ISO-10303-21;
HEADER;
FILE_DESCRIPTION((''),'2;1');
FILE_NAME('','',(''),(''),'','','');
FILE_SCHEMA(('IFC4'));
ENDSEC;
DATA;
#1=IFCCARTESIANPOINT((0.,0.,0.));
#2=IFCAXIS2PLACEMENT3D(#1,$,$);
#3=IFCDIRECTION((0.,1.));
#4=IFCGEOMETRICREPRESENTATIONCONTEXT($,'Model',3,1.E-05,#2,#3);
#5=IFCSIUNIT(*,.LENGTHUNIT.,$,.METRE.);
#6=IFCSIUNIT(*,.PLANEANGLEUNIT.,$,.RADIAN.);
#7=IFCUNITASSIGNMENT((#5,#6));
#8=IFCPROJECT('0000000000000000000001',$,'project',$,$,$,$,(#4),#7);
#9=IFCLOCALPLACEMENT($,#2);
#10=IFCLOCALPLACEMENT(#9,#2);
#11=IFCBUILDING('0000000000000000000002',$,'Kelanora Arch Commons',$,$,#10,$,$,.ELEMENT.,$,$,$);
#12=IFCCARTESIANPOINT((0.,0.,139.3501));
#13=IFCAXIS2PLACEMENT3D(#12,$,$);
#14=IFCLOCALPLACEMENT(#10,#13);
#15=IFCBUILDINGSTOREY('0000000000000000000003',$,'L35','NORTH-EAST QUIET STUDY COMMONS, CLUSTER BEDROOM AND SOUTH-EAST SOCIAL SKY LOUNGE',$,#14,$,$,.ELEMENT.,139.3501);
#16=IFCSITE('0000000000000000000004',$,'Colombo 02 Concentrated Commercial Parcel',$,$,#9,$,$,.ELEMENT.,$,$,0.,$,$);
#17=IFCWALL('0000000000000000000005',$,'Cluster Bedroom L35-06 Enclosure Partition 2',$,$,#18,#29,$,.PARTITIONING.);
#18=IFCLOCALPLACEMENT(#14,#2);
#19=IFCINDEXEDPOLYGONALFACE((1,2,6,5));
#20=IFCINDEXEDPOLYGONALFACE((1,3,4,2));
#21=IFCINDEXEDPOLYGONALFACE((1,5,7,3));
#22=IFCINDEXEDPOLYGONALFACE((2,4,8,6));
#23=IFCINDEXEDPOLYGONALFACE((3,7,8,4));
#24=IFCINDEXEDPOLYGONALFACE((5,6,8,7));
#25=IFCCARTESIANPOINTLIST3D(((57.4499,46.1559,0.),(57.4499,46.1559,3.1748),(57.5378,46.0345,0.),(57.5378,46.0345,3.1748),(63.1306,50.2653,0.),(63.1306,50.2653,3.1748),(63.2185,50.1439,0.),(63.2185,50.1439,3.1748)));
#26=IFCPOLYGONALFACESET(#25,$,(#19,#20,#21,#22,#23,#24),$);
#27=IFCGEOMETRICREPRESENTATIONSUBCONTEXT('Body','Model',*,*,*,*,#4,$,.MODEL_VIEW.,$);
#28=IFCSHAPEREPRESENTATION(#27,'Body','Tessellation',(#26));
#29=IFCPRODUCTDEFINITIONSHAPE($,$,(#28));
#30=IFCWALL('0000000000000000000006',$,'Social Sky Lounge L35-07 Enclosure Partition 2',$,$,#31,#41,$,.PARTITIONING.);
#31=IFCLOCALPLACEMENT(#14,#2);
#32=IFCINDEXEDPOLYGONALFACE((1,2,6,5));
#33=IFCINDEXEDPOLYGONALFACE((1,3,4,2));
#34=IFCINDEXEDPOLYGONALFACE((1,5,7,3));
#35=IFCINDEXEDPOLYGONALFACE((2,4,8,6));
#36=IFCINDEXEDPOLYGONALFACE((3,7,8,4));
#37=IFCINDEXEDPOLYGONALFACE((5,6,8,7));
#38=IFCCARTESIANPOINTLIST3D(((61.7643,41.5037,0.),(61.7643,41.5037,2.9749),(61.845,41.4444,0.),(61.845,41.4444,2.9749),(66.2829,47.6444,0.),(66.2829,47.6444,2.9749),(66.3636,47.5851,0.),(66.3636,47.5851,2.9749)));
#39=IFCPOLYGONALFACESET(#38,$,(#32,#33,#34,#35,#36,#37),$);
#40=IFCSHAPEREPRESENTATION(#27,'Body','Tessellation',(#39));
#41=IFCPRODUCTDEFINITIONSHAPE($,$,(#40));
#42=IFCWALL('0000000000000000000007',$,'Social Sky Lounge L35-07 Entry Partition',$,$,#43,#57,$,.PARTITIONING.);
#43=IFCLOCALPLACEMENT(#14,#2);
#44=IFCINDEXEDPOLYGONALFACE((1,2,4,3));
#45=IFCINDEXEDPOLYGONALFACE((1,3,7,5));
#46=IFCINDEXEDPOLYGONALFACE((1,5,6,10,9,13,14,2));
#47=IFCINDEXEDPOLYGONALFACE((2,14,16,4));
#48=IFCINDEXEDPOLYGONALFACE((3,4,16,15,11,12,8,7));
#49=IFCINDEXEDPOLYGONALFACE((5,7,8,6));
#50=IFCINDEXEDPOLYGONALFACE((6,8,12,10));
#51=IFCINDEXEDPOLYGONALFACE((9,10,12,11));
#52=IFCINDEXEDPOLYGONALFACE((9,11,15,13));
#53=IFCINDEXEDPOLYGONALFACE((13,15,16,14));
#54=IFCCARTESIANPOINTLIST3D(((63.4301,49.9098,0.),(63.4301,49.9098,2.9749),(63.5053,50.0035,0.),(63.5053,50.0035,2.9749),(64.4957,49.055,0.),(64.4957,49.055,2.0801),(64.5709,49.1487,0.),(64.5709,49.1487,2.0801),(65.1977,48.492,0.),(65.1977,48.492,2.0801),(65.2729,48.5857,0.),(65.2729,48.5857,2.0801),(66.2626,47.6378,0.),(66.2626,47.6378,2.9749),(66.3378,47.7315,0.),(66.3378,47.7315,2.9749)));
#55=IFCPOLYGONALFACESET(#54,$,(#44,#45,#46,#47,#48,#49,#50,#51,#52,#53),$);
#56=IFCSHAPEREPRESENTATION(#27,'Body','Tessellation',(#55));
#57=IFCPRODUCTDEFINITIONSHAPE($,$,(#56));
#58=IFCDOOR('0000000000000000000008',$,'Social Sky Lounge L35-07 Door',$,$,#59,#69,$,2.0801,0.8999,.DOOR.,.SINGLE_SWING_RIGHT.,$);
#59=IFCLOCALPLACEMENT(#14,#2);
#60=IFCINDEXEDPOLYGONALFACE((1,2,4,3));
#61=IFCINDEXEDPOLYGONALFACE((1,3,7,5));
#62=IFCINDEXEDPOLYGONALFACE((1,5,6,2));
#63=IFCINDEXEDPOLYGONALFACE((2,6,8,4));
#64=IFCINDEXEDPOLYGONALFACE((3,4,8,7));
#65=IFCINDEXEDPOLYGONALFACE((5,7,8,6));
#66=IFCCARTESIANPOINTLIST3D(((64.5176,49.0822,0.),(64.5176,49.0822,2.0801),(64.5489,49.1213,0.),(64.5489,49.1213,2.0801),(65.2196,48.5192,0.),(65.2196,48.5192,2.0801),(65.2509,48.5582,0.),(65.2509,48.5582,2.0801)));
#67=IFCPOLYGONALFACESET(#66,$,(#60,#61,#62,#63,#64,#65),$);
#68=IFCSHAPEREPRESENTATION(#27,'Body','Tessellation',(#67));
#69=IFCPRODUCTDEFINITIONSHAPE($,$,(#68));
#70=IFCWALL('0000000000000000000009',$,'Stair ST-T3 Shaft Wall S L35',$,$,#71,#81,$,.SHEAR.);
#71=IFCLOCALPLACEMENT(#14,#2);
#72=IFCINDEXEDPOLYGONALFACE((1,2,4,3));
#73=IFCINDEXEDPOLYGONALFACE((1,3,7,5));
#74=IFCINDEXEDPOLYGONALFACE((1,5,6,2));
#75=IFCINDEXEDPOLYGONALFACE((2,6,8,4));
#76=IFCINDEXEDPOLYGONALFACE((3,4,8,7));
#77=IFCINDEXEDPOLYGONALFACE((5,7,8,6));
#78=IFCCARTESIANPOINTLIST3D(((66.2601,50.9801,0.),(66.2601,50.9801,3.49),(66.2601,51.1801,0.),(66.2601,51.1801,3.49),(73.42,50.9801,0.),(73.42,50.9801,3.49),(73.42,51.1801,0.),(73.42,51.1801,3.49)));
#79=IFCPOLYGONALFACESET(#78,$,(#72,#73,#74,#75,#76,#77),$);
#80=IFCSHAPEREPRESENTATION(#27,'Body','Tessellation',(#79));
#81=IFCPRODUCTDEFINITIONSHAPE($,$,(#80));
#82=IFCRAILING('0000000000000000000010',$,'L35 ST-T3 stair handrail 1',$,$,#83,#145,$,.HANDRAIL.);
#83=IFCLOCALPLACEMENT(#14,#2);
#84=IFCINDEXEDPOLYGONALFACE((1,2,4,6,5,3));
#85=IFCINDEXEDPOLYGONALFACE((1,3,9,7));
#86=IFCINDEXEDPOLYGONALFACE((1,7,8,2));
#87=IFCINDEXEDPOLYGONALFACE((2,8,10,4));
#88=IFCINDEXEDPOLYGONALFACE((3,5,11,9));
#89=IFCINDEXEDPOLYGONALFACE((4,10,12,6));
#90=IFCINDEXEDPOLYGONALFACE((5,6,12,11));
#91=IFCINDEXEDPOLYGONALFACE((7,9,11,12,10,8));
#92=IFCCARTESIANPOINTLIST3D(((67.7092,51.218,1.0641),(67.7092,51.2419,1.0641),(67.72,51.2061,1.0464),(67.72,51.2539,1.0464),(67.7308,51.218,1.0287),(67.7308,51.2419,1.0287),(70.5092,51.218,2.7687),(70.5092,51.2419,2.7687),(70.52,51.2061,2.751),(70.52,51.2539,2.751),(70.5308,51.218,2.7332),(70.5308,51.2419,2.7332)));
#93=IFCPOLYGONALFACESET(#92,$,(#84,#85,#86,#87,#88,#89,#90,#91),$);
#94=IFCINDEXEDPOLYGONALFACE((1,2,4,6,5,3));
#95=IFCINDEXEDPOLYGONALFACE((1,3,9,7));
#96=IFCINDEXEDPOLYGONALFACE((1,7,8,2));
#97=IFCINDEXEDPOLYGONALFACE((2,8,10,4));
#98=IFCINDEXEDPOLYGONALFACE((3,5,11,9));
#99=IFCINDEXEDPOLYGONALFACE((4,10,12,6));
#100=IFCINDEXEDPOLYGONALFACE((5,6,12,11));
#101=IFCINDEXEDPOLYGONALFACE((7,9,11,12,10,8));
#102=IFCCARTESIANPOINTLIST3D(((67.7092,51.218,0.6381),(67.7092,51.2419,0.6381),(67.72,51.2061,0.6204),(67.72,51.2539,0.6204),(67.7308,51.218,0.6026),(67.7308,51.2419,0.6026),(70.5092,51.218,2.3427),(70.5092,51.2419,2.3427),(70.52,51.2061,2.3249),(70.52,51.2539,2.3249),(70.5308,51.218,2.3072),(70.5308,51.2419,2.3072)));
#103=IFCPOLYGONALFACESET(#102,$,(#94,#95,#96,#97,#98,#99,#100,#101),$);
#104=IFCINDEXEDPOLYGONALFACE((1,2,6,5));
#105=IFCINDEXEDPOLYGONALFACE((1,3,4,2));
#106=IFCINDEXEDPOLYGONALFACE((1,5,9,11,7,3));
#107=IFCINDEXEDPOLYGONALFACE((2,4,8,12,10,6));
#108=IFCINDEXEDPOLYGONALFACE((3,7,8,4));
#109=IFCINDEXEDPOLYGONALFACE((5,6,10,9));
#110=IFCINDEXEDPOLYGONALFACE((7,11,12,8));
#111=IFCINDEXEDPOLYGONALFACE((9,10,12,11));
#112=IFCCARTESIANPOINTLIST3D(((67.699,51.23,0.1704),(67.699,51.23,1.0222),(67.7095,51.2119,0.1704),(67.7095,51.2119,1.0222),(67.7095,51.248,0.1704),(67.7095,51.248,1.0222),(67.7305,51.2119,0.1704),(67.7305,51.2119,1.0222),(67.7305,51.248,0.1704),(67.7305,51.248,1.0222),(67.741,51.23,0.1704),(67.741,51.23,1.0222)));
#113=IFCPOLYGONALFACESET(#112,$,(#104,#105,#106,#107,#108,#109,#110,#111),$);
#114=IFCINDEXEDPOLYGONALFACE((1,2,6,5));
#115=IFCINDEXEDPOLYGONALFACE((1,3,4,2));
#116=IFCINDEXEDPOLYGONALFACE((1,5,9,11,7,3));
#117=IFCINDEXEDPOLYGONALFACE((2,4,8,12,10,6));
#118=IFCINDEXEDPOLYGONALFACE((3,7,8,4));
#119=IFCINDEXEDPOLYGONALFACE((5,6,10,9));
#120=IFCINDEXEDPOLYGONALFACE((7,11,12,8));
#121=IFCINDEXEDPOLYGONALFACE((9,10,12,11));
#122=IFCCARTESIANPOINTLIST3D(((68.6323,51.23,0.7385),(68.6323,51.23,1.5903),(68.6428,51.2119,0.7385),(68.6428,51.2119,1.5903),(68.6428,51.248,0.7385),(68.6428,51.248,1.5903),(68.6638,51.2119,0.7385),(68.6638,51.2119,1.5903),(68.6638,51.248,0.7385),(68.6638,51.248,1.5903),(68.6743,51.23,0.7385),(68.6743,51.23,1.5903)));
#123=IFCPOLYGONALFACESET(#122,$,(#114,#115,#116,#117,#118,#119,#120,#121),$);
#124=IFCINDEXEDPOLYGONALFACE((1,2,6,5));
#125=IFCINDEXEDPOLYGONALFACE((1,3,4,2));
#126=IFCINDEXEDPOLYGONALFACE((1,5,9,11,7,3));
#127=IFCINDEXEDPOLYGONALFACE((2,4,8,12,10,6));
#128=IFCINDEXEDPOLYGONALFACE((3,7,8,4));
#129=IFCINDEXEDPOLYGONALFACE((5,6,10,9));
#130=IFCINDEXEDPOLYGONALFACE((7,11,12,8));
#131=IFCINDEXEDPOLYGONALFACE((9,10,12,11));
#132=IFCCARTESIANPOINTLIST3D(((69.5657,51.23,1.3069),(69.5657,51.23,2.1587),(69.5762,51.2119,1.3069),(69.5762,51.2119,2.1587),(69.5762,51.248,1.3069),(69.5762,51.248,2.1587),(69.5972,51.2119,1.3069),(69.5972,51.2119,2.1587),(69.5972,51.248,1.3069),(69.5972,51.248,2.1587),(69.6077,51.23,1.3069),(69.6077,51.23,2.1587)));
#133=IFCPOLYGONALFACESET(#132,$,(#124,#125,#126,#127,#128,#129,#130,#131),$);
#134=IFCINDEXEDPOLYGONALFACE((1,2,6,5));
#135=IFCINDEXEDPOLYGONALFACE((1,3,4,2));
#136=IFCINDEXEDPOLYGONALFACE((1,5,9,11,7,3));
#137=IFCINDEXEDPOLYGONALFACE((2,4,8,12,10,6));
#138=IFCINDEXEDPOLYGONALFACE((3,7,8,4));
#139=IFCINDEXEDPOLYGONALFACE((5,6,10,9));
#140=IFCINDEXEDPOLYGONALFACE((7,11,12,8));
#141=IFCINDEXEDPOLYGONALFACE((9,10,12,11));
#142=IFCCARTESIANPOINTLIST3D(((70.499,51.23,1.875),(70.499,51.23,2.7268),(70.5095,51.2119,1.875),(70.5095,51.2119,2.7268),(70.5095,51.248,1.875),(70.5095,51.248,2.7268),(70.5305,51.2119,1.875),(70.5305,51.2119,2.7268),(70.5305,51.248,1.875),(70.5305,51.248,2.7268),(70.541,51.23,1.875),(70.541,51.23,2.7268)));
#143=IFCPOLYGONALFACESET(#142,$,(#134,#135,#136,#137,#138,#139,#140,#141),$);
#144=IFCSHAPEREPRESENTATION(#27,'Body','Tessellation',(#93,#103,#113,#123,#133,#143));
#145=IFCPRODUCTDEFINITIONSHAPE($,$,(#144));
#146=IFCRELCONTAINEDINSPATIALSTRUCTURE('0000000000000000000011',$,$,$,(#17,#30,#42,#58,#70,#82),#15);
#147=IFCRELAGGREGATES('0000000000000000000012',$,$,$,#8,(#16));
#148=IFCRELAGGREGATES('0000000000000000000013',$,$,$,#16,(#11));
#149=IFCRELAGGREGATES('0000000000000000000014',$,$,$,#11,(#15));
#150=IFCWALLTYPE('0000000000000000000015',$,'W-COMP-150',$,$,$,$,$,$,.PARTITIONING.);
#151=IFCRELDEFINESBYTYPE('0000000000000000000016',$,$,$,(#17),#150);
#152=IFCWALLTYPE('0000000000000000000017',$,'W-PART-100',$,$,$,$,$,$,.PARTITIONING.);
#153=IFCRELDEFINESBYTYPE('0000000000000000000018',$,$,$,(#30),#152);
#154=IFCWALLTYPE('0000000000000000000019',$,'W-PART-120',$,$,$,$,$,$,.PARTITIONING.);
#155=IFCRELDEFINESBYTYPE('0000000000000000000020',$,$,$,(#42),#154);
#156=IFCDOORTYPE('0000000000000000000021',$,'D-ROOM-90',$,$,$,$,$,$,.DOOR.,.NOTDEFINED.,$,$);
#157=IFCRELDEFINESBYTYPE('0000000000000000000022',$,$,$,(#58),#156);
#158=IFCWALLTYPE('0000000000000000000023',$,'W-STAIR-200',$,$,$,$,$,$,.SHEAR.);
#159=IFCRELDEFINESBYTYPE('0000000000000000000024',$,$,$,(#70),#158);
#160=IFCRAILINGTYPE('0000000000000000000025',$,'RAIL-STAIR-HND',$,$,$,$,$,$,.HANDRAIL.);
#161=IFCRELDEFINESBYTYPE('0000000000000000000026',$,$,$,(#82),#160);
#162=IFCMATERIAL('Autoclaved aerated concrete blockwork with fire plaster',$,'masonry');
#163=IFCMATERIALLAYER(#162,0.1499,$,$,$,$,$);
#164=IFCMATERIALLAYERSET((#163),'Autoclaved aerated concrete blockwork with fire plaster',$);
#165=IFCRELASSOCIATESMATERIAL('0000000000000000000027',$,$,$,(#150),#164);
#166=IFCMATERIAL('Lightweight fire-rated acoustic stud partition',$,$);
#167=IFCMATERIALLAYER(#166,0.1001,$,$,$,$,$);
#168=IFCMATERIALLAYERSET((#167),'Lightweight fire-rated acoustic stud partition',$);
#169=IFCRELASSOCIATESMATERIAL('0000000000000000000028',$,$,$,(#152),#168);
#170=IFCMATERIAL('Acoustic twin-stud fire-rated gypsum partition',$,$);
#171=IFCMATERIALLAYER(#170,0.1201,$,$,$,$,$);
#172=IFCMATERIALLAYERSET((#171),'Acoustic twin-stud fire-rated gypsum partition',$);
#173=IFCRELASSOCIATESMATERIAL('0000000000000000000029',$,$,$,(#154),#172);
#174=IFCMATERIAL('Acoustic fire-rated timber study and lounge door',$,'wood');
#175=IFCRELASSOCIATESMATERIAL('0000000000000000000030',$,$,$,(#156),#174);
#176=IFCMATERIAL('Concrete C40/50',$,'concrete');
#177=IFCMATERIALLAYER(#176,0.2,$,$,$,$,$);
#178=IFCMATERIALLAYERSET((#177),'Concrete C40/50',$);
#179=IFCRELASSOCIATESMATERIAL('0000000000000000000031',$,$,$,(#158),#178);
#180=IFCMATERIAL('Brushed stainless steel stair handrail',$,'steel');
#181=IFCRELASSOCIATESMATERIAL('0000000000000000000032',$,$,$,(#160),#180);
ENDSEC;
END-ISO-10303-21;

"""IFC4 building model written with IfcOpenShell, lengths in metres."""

from ifc_helpers import new_model, si_unit, direction, frame, frame_2d, origin, place, context, subcontext, project, spatial, polyline, rectangle, outline, extrude, material, layer, layer_set, type_object, element, fill, save


model = new_model("IFC4")

# Units and contexts
model_context = context("Model", 3, precision=1e-05, world=origin(), true_north=direction((0.0, 1.0)))
body_context = subcontext(model_context, "Body", "Model", "MODEL_VIEW")
ifc_project = project(units=[si_unit("LENGTHUNIT", "METRE"), si_unit("PLANEANGLEUNIT", "RADIAN")], contexts=[model_context])

# Site, building, storey
site_placement = place(None, origin())
site = spatial("IfcSite", under=ifc_project, at=site_placement, Name="Colombo 02 Concentrated Commercial Parcel", CompositionType="ELEMENT", RefElevation=0.0)
building_placement = place(site_placement, origin())
building = spatial("IfcBuilding", under=site, at=building_placement, Name="Kelanora Arch Commons", CompositionType="ELEMENT")
storey_placement = place(building_placement, frame((0.0, 0.0, 139.3501)))
storey = spatial("IfcBuildingStorey", under=building, at=storey_placement, Name="L35", Description="NORTH-EAST QUIET STUDY COMMONS, CLUSTER BEDROOM AND SOUTH-EAST SOCIAL SKY LOUNGE", CompositionType="ELEMENT", Elevation=139.3501)

# Walls
ifc_material_1 = material(Name="Autoclaved aerated concrete blockwork with fire plaster", Category="masonry")
ifc_layer_1 = layer(ifc_material_1, 0.1499)
ifc_layer_set_1 = layer_set([ifc_layer_1], Name="Autoclaved aerated concrete blockwork with fire plaster")
wall_type_1 = type_object("IfcWallType", Name="W-COMP-150", PredefinedType="PARTITIONING", material=ifc_layer_set_1)
wall_1_placement = place(storey_placement, frame((63.1746, 50.2046, 0.0), z_axis=(0.0, 0.0, 1.0), x_axis=(-0.810227, -0.586116, 0.0)))
element("IfcWall", 1, at=wall_1_placement, inside=storey, type_object=wall_type_1, Name="Cluster Bedroom L35-06 Enclosure Partition 2", PredefinedType="PARTITIONING", context=body_context, shape_type="SweptSolid", body=[
    extrude(rectangle(XDim=7.0112, YDim=0.1499, at=frame_2d((3.5056, 0.0))), origin(), (0.0, 0.0, 1.0), 3.1748),
])
ifc_material_2 = material(Name="Lightweight fire-rated acoustic stud partition")
ifc_layer_2 = layer(ifc_material_2, 0.1001)
ifc_layer_set_2 = layer_set([ifc_layer_2], Name="Lightweight fire-rated acoustic stud partition")
wall_type_2 = type_object("IfcWallType", Name="W-PART-100", PredefinedType="PARTITIONING", material=ifc_layer_set_2)
wall_2_placement = place(storey_placement, frame((66.3232, 47.6147, 0.0), z_axis=(0.0, 0.0, 1.0), x_axis=(-0.592679, -0.805439, 0.0)))
element("IfcWall", 2, at=wall_2_placement, inside=storey, type_object=wall_type_2, Name="Social Sky Lounge L35-07 Enclosure Partition 2", PredefinedType="PARTITIONING", context=body_context, shape_type="SweptSolid", body=[
    extrude(rectangle(XDim=7.624, YDim=0.1001, at=frame_2d((3.812, 0.0))), origin(), (0.0, 0.0, 1.0), 2.9749),
])

# Wall, opening, door
ifc_material_3 = material(Name="Acoustic twin-stud fire-rated gypsum partition")
ifc_layer_3 = layer(ifc_material_3, 0.1201)
ifc_layer_set_3 = layer_set([ifc_layer_3], Name="Acoustic twin-stud fire-rated gypsum partition")
wall_type_3 = type_object("IfcWallType", Name="W-PART-120", PredefinedType="PARTITIONING", material=ifc_layer_set_3)
wall_3_placement = place(storey_placement, frame((63.4678, 49.9565, 0.0), z_axis=(0.0, 0.0, 1.0), x_axis=(0.780068, -0.625695, 0.0)))
wall_3 = element("IfcWall", 3, at=wall_3_placement, inside=storey, type_object=wall_type_3, Name="Social Sky Lounge L35-07 Entry Partition", PredefinedType="PARTITIONING", context=body_context, shape_type="SweptSolid", body=[
    extrude(rectangle(XDim=3.6311, YDim=0.1201, at=frame_2d((1.8154, 0.0))), origin(), (0.0, 0.0, 1.0), 2.9749),
])
opening_placement = place(wall_3_placement, frame((1.366, 0.0, 0.0)))
opening = element("IfcOpeningElement", 4, at=opening_placement, cuts=wall_3, PredefinedType="OPENING", context=body_context, shape_type="SweptSolid", body=[
    extrude(rectangle(XDim=0.8999, YDim=2.0801, at=frame_2d((0.45, 1.04))), frame((0.0, 0.0701, 0.0), z_axis=(0.0, -1.0, 0.0), x_axis=(1.0, 0.0, 0.0)), (0.0, 0.0, 1.0), 0.1401),
])
ifc_material_4 = material(Name="Acoustic fire-rated timber study and lounge door", Category="wood")
door_type = type_object("IfcDoorType", Name="D-ROOM-90", OperationType="NOTDEFINED", PredefinedType="DOOR", material=ifc_material_4)
door_placement = place(opening_placement, origin())
door = element("IfcDoor", 5, at=door_placement, inside=storey, type_object=door_type, Name="Social Sky Lounge L35-07 Door", OperationType="SINGLE_SWING_RIGHT", OverallHeight=2.0801, OverallWidth=0.8999, PredefinedType="DOOR", context=body_context, shape_type="SweptSolid", body=[
    extrude(rectangle(XDim=0.8999, YDim=2.0801, at=frame_2d((0.45, 1.04))), frame((0.0, 0.0249, 0.0), z_axis=(0.0, -1.0, 0.0), x_axis=(1.0, 0.0, 0.0)), (0.0, 0.0, 1.0), 0.05),
])
fill(opening, door)

# Wall
ifc_material_5 = material(Name="Concrete C40/50", Category="concrete")
ifc_layer_4 = layer(ifc_material_5, 0.2)
ifc_layer_set_4 = layer_set([ifc_layer_4], Name="Concrete C40/50")
wall_type_4 = type_object("IfcWallType", Name="W-STAIR-200", PredefinedType="SHEAR", material=ifc_layer_set_4)
wall_4_placement = place(storey_placement, frame((66.26, 51.0801, 0.0), z_axis=(0.0, 0.0, 1.0), x_axis=(1.0, 0.0, 0.0)))
element("IfcWall", 6, at=wall_4_placement, inside=storey, type_object=wall_type_4, Name="Stair ST-T3 Shaft Wall S L35", PredefinedType="SHEAR", context=body_context, shape_type="SweptSolid", body=[
    extrude(rectangle(XDim=7.1599, YDim=0.2, at=frame_2d((3.5801, 0.0))), origin(), (0.0, 0.0, 1.0), 3.49),
])

# Railing
ifc_material_6 = material(Name="Brushed stainless steel stair handrail", Category="steel")
railing_type = type_object("IfcRailingType", Name="RAIL-STAIR-HND", PredefinedType="HANDRAIL", material=ifc_material_6)
railing_placement = place(storey_placement, frame((67.72, 51.23, 0.1704)))
element("IfcRailing", 7, at=railing_placement, inside=storey, type_object=railing_type, Name="L35 ST-T3 stair handrail 1", PredefinedType="HANDRAIL", context=body_context, shape_type="SweptSolid", body=[
    extrude(outline(polyline([(0.0239, 0.0), (0.012, 0.0208), (-0.012, 0.0208), (-0.0239, 0.0), (-0.012, -0.0208), (0.012, -0.0208), (0.0239, 0.0)])), frame((0.0, 0.0, 0.876), z_axis=(0.85417, 0.0, 0.519994), x_axis=(0.0, 1.0, 0.0)), (0.0, 0.0, 1.0), 3.2781),
    extrude(outline(polyline([(0.0239, 0.0), (0.012, 0.0208), (-0.012, 0.0208), (-0.0239, 0.0), (-0.012, -0.0208), (0.012, -0.0208), (0.0239, 0.0)])), frame((0.0, 0.0, 0.45), z_axis=(0.85417, 0.0, 0.519994), x_axis=(0.0, 1.0, 0.0)), (0.0, 0.0, 1.0), 3.2781),
    extrude(outline(polyline([(0.021, 0.0), (0.0105, 0.0181), (-0.0105, 0.0181), (-0.021, 0.0), (-0.0105, -0.0181), (0.0105, -0.0181), (0.021, 0.0)])), origin(), (0.0, 0.0, 1.0), 0.8518),
    extrude(outline(polyline([(0.021, 0.0), (0.0105, 0.0181), (-0.0105, 0.0181), (-0.021, 0.0), (-0.0105, -0.0181), (0.0105, -0.0181), (0.021, 0.0)])), frame((0.9333, 0.0, 0.5681)), (0.0, 0.0, 1.0), 0.8518),
    extrude(outline(polyline([(0.021, 0.0), (0.0105, 0.0181), (-0.0105, 0.0181), (-0.021, 0.0), (-0.0105, -0.0181), (0.0105, -0.0181), (0.021, 0.0)])), frame((1.8667, 0.0, 1.1365)), (0.0, 0.0, 1.0), 0.8518),
    extrude(outline(polyline([(0.021, 0.0), (0.0105, 0.0181), (-0.0105, 0.0181), (-0.021, 0.0), (-0.0105, -0.0181), (0.0105, -0.0181), (0.021, 0.0)])), frame((2.8, 0.0, 1.7046)), (0.0, 0.0, 1.0), 0.8518),
])

save(model, "model.ifc")
